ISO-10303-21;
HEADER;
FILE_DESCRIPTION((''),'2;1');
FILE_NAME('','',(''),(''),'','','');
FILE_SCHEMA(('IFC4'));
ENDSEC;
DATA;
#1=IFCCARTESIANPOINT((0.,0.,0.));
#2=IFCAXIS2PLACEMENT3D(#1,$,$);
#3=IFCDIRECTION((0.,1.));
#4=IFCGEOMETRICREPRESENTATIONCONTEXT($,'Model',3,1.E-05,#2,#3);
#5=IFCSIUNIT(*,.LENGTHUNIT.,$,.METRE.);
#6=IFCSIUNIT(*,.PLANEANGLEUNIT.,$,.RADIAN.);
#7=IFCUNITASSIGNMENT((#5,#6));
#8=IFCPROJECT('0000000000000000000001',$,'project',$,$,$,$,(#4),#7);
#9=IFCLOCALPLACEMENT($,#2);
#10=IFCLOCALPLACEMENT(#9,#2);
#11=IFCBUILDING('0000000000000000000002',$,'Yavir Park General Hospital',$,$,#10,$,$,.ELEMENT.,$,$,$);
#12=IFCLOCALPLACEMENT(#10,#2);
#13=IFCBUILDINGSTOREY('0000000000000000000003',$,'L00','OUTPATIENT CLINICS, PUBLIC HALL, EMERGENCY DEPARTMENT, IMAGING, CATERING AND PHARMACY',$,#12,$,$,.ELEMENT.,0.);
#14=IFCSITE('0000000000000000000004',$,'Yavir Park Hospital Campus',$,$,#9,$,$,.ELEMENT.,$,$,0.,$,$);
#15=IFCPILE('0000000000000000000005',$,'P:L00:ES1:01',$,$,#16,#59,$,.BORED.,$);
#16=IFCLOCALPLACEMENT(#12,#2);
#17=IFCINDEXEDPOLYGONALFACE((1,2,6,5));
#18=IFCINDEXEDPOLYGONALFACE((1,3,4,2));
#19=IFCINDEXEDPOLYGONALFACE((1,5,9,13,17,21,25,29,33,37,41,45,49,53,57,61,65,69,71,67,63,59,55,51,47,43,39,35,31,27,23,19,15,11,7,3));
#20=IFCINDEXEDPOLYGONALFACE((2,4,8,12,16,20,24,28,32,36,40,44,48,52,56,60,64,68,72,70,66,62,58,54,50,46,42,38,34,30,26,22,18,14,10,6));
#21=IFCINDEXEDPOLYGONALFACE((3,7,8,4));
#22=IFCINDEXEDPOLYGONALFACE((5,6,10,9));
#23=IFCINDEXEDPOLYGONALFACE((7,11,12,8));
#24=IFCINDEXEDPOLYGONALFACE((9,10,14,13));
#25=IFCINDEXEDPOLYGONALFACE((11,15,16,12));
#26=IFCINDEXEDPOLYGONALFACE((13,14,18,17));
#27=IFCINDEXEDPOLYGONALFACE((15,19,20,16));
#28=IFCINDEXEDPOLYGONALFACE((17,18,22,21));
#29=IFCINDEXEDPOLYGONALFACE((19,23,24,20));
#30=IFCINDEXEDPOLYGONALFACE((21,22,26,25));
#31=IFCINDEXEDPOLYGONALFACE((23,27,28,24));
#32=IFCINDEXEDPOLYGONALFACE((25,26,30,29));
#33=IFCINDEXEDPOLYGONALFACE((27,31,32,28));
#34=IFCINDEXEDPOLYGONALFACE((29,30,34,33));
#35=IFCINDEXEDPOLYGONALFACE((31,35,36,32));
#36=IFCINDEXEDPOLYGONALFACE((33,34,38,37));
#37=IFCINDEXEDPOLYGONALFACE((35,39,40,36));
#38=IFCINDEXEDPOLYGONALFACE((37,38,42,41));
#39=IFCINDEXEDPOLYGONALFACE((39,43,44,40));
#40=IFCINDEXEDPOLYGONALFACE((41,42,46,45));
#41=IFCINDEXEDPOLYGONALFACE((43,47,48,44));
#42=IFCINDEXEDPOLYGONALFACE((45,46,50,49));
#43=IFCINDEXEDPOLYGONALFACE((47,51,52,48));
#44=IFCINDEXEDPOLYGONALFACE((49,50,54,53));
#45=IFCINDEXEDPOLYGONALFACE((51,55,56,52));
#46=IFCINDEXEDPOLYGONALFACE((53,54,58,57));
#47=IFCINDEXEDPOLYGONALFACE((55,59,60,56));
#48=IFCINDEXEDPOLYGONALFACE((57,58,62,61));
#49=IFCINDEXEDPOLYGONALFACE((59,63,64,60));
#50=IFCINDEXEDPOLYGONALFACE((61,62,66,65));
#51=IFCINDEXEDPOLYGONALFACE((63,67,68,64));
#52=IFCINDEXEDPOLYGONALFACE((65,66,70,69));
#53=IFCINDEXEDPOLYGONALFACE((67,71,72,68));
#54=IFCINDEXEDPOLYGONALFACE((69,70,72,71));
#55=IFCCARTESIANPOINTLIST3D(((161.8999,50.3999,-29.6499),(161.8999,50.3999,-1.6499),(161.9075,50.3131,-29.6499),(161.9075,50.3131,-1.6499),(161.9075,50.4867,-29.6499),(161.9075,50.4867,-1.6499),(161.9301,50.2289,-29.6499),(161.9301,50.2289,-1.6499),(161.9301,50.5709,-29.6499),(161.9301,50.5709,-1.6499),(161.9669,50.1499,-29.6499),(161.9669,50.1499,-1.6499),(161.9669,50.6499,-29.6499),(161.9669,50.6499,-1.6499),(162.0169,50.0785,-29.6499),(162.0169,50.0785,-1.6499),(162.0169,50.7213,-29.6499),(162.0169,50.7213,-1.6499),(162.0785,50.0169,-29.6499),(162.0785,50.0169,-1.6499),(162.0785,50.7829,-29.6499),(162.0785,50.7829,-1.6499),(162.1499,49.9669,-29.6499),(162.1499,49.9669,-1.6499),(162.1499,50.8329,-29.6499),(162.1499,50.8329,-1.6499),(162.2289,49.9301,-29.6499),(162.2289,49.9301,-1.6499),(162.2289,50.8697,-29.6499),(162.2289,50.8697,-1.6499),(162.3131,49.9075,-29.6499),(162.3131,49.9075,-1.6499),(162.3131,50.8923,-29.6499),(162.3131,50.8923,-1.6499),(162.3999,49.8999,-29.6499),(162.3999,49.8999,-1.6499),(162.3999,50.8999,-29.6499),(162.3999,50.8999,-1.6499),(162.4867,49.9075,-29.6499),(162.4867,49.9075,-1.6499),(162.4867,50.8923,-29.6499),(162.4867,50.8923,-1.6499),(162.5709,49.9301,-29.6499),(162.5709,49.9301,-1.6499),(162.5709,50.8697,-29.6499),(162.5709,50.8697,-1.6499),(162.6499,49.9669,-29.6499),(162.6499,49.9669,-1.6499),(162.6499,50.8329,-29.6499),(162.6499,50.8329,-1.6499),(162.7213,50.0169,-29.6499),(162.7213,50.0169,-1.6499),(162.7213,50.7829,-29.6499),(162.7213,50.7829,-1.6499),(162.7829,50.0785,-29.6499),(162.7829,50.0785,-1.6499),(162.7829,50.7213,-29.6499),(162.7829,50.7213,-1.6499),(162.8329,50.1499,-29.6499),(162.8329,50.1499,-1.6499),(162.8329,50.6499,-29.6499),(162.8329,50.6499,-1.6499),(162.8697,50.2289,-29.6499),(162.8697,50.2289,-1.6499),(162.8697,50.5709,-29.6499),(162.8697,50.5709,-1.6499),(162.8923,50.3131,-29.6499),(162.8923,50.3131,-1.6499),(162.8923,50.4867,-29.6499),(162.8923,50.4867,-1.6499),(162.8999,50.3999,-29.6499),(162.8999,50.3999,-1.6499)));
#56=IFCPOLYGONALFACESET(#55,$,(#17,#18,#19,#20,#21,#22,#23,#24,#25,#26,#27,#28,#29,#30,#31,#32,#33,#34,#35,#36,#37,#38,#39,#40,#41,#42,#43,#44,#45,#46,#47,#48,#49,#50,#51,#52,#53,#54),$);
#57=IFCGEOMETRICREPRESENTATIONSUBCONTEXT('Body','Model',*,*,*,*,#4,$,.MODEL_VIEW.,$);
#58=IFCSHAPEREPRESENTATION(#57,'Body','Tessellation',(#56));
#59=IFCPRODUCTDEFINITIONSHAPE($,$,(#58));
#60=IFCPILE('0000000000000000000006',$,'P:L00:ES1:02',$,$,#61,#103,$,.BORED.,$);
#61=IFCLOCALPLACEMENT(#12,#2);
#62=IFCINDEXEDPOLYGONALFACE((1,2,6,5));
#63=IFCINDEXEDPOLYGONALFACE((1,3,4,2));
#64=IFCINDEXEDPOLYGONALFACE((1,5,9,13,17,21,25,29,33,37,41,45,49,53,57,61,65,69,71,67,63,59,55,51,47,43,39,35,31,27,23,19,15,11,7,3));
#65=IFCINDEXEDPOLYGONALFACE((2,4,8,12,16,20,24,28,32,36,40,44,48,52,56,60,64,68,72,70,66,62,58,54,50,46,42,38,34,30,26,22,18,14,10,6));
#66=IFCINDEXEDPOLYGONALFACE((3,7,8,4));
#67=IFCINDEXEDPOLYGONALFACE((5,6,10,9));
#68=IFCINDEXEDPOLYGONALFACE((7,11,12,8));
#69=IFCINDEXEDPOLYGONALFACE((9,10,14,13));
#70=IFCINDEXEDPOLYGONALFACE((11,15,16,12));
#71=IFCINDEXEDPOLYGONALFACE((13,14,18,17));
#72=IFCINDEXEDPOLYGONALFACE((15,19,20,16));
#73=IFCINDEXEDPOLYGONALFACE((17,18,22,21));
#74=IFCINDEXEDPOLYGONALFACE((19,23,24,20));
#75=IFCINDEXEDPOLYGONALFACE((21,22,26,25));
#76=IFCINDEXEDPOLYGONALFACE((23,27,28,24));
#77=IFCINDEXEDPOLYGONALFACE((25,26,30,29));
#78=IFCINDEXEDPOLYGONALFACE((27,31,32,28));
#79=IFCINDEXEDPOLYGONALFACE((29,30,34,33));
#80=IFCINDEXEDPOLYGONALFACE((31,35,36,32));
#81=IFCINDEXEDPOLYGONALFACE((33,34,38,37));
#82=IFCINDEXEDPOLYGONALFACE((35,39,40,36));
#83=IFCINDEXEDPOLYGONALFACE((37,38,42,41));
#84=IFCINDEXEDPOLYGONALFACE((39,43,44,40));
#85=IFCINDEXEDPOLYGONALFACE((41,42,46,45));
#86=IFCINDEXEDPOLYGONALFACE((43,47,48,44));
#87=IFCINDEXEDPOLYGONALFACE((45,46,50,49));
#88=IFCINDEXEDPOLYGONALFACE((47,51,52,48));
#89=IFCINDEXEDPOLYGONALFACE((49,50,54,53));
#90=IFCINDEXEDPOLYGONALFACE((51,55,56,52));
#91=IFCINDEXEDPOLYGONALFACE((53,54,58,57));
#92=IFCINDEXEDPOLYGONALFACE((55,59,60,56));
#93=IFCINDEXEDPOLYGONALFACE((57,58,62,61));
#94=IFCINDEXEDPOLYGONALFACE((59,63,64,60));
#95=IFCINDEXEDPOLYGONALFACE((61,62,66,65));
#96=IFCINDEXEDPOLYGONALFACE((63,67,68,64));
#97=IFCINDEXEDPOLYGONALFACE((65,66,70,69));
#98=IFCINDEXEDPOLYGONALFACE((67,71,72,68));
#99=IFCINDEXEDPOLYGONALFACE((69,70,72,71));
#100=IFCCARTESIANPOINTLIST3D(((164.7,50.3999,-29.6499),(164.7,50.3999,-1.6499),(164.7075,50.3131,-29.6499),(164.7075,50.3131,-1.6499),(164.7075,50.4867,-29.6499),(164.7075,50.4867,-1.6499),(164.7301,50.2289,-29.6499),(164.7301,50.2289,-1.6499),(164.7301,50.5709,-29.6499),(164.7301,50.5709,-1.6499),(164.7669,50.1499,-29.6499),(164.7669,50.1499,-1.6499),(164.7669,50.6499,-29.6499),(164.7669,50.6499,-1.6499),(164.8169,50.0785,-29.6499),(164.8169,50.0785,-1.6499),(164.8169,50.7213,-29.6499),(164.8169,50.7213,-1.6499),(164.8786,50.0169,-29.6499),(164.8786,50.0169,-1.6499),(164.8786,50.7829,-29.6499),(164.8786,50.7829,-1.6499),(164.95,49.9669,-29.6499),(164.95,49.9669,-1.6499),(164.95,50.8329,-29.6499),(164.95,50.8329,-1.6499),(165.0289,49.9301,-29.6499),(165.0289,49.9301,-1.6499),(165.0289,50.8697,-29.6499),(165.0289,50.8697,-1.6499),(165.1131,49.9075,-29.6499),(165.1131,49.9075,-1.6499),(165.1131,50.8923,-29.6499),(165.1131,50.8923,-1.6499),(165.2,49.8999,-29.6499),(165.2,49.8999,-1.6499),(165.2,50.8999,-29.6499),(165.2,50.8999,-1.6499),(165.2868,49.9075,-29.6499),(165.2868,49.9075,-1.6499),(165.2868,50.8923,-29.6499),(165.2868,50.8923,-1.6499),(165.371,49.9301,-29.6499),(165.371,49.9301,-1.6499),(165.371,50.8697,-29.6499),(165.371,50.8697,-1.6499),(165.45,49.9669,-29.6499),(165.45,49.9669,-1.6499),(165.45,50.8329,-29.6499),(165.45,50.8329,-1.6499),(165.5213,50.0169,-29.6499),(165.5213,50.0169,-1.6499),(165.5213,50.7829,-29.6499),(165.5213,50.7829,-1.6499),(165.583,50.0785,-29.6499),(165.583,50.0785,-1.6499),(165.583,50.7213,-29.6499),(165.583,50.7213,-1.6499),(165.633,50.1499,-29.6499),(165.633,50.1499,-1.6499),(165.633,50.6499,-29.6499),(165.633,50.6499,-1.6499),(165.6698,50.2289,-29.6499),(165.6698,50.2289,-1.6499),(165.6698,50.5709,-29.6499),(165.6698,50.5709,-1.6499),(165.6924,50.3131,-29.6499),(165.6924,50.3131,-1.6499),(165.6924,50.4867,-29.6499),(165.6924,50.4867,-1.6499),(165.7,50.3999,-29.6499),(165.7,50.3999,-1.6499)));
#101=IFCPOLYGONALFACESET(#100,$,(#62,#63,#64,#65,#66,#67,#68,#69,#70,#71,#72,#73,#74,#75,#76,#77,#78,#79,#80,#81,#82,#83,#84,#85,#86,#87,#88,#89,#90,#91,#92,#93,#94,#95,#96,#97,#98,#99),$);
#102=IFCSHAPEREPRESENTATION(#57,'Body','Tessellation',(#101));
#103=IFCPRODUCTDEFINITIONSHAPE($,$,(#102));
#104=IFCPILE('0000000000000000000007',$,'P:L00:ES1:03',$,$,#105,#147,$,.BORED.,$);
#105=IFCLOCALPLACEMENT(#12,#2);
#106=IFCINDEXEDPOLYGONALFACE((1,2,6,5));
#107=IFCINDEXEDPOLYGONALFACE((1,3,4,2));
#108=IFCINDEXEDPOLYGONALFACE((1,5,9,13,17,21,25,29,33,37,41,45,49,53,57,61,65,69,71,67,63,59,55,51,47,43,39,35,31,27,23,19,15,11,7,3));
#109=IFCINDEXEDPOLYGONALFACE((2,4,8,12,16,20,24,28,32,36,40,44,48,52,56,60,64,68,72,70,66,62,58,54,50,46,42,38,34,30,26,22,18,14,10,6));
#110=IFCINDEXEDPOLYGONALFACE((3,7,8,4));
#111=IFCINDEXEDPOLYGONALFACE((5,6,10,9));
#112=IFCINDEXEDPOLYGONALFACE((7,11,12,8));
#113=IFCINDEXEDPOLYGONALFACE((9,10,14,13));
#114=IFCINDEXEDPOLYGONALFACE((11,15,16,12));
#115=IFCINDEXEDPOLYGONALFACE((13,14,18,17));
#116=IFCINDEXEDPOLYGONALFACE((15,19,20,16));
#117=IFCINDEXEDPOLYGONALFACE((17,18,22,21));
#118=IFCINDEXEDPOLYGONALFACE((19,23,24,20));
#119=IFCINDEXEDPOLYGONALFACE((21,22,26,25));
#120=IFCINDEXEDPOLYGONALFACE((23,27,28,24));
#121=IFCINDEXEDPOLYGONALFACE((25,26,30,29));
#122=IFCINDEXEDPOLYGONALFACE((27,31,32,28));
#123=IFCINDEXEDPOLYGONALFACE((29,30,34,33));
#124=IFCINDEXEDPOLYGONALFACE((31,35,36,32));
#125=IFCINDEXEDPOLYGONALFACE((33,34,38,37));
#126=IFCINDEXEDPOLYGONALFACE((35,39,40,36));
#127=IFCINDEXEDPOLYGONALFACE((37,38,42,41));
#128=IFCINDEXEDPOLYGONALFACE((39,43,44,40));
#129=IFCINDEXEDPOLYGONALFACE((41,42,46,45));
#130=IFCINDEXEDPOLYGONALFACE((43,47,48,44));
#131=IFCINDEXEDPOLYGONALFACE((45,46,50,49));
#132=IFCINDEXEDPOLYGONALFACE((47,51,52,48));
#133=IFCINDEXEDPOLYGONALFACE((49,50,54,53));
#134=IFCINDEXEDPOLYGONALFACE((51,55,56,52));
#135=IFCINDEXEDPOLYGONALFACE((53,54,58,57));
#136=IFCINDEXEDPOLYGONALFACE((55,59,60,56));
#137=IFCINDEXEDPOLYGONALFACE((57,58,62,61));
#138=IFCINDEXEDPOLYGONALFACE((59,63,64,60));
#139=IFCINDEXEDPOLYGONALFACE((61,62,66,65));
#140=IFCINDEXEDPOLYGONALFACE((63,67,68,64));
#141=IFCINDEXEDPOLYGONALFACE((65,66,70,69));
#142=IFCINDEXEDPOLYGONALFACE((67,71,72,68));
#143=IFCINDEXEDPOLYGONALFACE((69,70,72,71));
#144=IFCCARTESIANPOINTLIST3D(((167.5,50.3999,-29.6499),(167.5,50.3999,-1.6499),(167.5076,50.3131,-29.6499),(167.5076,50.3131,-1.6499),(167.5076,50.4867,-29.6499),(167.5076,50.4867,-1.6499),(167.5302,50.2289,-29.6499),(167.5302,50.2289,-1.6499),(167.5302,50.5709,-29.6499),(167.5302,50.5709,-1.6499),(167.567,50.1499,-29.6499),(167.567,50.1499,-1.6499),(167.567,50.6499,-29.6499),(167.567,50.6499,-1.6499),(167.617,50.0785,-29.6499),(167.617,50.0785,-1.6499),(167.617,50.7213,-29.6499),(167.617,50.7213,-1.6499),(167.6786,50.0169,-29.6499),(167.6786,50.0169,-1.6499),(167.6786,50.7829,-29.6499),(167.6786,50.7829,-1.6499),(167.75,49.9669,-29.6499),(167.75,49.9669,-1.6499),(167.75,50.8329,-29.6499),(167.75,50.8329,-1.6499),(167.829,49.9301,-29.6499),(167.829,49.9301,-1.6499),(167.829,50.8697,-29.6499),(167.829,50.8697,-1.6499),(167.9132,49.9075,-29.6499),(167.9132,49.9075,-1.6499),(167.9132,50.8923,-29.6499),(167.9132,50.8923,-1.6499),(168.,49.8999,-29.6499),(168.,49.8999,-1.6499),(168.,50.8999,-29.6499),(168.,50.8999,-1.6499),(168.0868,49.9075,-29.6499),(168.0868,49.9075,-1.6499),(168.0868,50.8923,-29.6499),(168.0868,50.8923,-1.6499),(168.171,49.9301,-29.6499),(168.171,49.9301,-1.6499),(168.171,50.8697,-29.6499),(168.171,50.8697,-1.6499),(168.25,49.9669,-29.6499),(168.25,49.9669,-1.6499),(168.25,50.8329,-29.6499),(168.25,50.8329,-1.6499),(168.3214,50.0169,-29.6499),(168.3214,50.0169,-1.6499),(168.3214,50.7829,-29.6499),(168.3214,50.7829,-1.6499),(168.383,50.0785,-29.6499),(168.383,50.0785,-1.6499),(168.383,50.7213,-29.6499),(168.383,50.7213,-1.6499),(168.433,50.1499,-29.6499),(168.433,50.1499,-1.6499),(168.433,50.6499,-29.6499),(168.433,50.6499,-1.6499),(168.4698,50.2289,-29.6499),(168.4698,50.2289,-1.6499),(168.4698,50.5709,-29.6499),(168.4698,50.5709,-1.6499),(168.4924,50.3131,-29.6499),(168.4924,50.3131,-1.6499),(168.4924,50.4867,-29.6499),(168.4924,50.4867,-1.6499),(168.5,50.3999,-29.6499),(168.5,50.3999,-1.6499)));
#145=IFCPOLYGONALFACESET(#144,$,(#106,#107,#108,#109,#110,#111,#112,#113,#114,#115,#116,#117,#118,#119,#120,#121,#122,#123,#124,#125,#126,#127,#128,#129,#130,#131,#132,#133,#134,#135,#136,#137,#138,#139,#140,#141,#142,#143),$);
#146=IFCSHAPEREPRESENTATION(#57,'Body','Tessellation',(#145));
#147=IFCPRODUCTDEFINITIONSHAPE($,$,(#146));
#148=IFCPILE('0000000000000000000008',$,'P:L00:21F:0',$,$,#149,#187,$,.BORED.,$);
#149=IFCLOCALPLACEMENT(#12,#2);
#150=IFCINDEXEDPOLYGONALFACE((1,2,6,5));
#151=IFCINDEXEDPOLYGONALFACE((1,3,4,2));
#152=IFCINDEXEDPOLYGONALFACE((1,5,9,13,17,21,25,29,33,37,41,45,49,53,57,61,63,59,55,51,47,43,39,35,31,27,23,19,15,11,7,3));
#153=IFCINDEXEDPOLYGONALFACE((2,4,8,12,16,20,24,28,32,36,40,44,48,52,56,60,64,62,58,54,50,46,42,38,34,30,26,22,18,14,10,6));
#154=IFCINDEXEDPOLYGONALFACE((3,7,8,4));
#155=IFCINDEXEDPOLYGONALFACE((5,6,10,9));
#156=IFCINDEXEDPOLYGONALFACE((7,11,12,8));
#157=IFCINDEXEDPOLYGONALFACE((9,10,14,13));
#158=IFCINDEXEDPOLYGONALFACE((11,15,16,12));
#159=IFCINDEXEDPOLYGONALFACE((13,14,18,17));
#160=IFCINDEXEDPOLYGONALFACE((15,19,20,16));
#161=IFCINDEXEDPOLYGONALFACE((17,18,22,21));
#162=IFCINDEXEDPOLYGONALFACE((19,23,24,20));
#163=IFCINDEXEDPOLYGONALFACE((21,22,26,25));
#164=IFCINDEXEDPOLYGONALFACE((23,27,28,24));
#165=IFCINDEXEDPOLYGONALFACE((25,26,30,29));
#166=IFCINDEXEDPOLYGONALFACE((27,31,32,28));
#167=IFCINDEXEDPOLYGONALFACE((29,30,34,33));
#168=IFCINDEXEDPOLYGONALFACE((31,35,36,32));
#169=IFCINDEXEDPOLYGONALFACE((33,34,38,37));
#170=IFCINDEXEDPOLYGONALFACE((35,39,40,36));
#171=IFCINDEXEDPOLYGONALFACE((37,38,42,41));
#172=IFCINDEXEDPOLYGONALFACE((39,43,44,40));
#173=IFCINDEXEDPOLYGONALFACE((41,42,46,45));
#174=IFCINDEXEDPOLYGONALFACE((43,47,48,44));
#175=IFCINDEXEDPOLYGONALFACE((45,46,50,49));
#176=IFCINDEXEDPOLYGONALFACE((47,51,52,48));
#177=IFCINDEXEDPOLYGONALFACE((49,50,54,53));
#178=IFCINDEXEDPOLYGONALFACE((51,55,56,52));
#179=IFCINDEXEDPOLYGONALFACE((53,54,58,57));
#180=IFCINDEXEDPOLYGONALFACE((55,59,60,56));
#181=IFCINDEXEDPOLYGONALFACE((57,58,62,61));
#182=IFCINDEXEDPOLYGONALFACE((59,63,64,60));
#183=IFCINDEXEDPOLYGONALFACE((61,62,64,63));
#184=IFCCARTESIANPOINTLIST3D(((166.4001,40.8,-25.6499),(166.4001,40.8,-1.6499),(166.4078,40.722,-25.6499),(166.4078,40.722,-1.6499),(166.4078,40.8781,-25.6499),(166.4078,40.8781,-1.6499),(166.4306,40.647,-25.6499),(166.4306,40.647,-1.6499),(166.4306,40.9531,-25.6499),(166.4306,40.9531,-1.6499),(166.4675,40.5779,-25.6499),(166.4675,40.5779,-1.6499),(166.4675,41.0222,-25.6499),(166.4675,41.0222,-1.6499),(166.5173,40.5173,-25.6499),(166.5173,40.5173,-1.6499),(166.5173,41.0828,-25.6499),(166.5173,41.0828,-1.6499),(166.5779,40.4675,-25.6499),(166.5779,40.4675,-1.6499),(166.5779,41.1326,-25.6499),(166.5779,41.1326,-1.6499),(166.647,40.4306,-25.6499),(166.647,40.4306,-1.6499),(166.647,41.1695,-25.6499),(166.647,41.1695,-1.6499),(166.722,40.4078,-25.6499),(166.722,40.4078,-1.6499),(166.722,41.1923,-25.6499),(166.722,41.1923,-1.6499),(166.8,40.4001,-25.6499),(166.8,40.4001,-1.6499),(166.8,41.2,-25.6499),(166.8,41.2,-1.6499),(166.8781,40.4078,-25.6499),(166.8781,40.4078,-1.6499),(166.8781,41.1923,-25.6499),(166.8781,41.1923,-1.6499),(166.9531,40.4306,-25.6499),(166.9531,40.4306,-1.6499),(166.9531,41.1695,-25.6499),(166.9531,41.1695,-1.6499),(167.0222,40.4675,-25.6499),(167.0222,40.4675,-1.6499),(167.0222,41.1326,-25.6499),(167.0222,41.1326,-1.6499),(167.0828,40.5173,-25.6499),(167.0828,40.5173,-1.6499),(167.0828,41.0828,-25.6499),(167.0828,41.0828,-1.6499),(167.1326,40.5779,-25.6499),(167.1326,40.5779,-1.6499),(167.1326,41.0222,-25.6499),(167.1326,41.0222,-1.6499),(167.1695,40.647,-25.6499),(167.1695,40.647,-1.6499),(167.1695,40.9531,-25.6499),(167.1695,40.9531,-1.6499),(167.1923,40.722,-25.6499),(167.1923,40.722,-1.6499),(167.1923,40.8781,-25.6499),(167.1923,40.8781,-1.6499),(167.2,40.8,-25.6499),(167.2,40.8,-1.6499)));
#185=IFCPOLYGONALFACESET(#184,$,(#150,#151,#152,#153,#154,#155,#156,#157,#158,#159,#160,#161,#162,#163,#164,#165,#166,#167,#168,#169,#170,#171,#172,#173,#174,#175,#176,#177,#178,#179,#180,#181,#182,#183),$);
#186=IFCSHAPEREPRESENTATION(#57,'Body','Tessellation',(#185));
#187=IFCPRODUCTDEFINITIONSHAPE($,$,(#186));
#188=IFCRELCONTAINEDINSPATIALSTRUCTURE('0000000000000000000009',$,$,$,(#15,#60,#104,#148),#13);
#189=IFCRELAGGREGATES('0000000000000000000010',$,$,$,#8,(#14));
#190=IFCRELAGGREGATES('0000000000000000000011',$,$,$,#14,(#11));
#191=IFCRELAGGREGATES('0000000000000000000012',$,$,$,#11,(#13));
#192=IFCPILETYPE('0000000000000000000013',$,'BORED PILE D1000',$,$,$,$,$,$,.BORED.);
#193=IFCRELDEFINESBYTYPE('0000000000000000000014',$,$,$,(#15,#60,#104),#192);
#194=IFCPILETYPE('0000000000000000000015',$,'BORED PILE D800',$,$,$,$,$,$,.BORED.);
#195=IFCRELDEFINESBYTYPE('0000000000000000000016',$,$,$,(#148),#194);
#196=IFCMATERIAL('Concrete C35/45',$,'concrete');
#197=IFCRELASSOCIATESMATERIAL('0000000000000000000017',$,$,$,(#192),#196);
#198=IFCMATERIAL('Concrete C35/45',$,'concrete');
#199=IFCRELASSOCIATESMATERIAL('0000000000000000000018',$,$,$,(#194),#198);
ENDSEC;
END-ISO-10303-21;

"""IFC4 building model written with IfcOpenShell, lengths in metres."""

from ifc_helpers import new_model, si_unit, direction, frame, origin, origin_2d, place, context, subcontext, project, spatial, circle, extrude, material, material_profile, profile_set, type_object, element, save


model = new_model("IFC4")

# Units and contexts
model_context = context("Model", 3, precision=1e-05, world=origin(), true_north=direction((0.0, 1.0)))
body_context = subcontext(model_context, "Body", "Model", "MODEL_VIEW")
ifc_project = project(units=[si_unit("LENGTHUNIT", "METRE"), si_unit("PLANEANGLEUNIT", "RADIAN")], contexts=[model_context])

# Site, building, storey
site_placement = place(None, origin())
site = spatial("IfcSite", under=ifc_project, at=site_placement, Name="Yavir Park Hospital Campus", CompositionType="ELEMENT", RefElevation=0.0)
building_placement = place(site_placement, origin())
building = spatial("IfcBuilding", under=site, at=building_placement, Name="Yavir Park General Hospital", CompositionType="ELEMENT")
storey_placement = place(building_placement, origin())
storey = spatial("IfcBuildingStorey", under=building, at=storey_placement, Name="L00", Description="OUTPATIENT CLINICS, PUBLIC HALL, EMERGENCY DEPARTMENT, IMAGING, CATERING AND PHARMACY", CompositionType="ELEMENT", Elevation=0.0)

# Piles
ifc_material_1 = material(Name="Concrete C35/45", Category="concrete")
ifc_material_profile_1 = material_profile(ifc_material_1, circle(Radius=0.5, at=origin_2d()), Name="D1000")
ifc_profile_set_1 = profile_set([ifc_material_profile_1], Name="Concrete C35/45")
pile_type_1 = type_object("IfcPileType", Name="BORED PILE D1000", PredefinedType="BORED", material=ifc_profile_set_1)
for number, where, z_axis, x_axis, name in (
    (1, (162.3999, 50.3999, -1.6499), (0.0, 0.0, -1.0), (1.0, 0.0, 0.0), "P:L00:ES1:01"),
    (2, (165.2, 50.3999, -1.6499), (0.0, 0.0, -1.0), (1.0, 0.0, 0.0), "P:L00:ES1:02"),
    (3, (168.0, 50.3999, -1.6499), (0.0, 0.0, -1.0), (1.0, 0.0, 0.0), "P:L00:ES1:03"),
):
    element("IfcPile", number, at=place(storey_placement, frame(where, z_axis=z_axis, x_axis=x_axis)), inside=storey, type_object=pile_type_1, Name=name, PredefinedType="BORED", context=body_context, shape_type="SweptSolid", body=[
        extrude(circle(Radius=0.5, at=origin_2d()), origin(), (0.0, 0.0, 1.0), 28.0),
    ])
ifc_material_2 = material(Name="Concrete C35/45", Category="concrete")
ifc_material_profile_2 = material_profile(ifc_material_2, circle(Radius=0.3999, at=origin_2d()), Name="D800")
ifc_profile_set_2 = profile_set([ifc_material_profile_2], Name="Concrete C35/45")
pile_type_2 = type_object("IfcPileType", Name="BORED PILE D800", PredefinedType="BORED", material=ifc_profile_set_2)
for number, where, z_axis, x_axis, name in (
    (4, (166.8, 40.8, -1.6499), (0.0, 0.0, -1.0), (1.0, 0.0, 0.0), "P:L00:21F:0"),
):
    element("IfcPile", number, at=place(storey_placement, frame(where, z_axis=z_axis, x_axis=x_axis)), inside=storey, type_object=pile_type_2, Name=name, PredefinedType="BORED", context=body_context, shape_type="SweptSolid", body=[
        extrude(circle(Radius=0.3999, at=origin_2d()), origin(), (0.0, 0.0, 1.0), 24.0),
    ])

save(model, "model.ifc")
